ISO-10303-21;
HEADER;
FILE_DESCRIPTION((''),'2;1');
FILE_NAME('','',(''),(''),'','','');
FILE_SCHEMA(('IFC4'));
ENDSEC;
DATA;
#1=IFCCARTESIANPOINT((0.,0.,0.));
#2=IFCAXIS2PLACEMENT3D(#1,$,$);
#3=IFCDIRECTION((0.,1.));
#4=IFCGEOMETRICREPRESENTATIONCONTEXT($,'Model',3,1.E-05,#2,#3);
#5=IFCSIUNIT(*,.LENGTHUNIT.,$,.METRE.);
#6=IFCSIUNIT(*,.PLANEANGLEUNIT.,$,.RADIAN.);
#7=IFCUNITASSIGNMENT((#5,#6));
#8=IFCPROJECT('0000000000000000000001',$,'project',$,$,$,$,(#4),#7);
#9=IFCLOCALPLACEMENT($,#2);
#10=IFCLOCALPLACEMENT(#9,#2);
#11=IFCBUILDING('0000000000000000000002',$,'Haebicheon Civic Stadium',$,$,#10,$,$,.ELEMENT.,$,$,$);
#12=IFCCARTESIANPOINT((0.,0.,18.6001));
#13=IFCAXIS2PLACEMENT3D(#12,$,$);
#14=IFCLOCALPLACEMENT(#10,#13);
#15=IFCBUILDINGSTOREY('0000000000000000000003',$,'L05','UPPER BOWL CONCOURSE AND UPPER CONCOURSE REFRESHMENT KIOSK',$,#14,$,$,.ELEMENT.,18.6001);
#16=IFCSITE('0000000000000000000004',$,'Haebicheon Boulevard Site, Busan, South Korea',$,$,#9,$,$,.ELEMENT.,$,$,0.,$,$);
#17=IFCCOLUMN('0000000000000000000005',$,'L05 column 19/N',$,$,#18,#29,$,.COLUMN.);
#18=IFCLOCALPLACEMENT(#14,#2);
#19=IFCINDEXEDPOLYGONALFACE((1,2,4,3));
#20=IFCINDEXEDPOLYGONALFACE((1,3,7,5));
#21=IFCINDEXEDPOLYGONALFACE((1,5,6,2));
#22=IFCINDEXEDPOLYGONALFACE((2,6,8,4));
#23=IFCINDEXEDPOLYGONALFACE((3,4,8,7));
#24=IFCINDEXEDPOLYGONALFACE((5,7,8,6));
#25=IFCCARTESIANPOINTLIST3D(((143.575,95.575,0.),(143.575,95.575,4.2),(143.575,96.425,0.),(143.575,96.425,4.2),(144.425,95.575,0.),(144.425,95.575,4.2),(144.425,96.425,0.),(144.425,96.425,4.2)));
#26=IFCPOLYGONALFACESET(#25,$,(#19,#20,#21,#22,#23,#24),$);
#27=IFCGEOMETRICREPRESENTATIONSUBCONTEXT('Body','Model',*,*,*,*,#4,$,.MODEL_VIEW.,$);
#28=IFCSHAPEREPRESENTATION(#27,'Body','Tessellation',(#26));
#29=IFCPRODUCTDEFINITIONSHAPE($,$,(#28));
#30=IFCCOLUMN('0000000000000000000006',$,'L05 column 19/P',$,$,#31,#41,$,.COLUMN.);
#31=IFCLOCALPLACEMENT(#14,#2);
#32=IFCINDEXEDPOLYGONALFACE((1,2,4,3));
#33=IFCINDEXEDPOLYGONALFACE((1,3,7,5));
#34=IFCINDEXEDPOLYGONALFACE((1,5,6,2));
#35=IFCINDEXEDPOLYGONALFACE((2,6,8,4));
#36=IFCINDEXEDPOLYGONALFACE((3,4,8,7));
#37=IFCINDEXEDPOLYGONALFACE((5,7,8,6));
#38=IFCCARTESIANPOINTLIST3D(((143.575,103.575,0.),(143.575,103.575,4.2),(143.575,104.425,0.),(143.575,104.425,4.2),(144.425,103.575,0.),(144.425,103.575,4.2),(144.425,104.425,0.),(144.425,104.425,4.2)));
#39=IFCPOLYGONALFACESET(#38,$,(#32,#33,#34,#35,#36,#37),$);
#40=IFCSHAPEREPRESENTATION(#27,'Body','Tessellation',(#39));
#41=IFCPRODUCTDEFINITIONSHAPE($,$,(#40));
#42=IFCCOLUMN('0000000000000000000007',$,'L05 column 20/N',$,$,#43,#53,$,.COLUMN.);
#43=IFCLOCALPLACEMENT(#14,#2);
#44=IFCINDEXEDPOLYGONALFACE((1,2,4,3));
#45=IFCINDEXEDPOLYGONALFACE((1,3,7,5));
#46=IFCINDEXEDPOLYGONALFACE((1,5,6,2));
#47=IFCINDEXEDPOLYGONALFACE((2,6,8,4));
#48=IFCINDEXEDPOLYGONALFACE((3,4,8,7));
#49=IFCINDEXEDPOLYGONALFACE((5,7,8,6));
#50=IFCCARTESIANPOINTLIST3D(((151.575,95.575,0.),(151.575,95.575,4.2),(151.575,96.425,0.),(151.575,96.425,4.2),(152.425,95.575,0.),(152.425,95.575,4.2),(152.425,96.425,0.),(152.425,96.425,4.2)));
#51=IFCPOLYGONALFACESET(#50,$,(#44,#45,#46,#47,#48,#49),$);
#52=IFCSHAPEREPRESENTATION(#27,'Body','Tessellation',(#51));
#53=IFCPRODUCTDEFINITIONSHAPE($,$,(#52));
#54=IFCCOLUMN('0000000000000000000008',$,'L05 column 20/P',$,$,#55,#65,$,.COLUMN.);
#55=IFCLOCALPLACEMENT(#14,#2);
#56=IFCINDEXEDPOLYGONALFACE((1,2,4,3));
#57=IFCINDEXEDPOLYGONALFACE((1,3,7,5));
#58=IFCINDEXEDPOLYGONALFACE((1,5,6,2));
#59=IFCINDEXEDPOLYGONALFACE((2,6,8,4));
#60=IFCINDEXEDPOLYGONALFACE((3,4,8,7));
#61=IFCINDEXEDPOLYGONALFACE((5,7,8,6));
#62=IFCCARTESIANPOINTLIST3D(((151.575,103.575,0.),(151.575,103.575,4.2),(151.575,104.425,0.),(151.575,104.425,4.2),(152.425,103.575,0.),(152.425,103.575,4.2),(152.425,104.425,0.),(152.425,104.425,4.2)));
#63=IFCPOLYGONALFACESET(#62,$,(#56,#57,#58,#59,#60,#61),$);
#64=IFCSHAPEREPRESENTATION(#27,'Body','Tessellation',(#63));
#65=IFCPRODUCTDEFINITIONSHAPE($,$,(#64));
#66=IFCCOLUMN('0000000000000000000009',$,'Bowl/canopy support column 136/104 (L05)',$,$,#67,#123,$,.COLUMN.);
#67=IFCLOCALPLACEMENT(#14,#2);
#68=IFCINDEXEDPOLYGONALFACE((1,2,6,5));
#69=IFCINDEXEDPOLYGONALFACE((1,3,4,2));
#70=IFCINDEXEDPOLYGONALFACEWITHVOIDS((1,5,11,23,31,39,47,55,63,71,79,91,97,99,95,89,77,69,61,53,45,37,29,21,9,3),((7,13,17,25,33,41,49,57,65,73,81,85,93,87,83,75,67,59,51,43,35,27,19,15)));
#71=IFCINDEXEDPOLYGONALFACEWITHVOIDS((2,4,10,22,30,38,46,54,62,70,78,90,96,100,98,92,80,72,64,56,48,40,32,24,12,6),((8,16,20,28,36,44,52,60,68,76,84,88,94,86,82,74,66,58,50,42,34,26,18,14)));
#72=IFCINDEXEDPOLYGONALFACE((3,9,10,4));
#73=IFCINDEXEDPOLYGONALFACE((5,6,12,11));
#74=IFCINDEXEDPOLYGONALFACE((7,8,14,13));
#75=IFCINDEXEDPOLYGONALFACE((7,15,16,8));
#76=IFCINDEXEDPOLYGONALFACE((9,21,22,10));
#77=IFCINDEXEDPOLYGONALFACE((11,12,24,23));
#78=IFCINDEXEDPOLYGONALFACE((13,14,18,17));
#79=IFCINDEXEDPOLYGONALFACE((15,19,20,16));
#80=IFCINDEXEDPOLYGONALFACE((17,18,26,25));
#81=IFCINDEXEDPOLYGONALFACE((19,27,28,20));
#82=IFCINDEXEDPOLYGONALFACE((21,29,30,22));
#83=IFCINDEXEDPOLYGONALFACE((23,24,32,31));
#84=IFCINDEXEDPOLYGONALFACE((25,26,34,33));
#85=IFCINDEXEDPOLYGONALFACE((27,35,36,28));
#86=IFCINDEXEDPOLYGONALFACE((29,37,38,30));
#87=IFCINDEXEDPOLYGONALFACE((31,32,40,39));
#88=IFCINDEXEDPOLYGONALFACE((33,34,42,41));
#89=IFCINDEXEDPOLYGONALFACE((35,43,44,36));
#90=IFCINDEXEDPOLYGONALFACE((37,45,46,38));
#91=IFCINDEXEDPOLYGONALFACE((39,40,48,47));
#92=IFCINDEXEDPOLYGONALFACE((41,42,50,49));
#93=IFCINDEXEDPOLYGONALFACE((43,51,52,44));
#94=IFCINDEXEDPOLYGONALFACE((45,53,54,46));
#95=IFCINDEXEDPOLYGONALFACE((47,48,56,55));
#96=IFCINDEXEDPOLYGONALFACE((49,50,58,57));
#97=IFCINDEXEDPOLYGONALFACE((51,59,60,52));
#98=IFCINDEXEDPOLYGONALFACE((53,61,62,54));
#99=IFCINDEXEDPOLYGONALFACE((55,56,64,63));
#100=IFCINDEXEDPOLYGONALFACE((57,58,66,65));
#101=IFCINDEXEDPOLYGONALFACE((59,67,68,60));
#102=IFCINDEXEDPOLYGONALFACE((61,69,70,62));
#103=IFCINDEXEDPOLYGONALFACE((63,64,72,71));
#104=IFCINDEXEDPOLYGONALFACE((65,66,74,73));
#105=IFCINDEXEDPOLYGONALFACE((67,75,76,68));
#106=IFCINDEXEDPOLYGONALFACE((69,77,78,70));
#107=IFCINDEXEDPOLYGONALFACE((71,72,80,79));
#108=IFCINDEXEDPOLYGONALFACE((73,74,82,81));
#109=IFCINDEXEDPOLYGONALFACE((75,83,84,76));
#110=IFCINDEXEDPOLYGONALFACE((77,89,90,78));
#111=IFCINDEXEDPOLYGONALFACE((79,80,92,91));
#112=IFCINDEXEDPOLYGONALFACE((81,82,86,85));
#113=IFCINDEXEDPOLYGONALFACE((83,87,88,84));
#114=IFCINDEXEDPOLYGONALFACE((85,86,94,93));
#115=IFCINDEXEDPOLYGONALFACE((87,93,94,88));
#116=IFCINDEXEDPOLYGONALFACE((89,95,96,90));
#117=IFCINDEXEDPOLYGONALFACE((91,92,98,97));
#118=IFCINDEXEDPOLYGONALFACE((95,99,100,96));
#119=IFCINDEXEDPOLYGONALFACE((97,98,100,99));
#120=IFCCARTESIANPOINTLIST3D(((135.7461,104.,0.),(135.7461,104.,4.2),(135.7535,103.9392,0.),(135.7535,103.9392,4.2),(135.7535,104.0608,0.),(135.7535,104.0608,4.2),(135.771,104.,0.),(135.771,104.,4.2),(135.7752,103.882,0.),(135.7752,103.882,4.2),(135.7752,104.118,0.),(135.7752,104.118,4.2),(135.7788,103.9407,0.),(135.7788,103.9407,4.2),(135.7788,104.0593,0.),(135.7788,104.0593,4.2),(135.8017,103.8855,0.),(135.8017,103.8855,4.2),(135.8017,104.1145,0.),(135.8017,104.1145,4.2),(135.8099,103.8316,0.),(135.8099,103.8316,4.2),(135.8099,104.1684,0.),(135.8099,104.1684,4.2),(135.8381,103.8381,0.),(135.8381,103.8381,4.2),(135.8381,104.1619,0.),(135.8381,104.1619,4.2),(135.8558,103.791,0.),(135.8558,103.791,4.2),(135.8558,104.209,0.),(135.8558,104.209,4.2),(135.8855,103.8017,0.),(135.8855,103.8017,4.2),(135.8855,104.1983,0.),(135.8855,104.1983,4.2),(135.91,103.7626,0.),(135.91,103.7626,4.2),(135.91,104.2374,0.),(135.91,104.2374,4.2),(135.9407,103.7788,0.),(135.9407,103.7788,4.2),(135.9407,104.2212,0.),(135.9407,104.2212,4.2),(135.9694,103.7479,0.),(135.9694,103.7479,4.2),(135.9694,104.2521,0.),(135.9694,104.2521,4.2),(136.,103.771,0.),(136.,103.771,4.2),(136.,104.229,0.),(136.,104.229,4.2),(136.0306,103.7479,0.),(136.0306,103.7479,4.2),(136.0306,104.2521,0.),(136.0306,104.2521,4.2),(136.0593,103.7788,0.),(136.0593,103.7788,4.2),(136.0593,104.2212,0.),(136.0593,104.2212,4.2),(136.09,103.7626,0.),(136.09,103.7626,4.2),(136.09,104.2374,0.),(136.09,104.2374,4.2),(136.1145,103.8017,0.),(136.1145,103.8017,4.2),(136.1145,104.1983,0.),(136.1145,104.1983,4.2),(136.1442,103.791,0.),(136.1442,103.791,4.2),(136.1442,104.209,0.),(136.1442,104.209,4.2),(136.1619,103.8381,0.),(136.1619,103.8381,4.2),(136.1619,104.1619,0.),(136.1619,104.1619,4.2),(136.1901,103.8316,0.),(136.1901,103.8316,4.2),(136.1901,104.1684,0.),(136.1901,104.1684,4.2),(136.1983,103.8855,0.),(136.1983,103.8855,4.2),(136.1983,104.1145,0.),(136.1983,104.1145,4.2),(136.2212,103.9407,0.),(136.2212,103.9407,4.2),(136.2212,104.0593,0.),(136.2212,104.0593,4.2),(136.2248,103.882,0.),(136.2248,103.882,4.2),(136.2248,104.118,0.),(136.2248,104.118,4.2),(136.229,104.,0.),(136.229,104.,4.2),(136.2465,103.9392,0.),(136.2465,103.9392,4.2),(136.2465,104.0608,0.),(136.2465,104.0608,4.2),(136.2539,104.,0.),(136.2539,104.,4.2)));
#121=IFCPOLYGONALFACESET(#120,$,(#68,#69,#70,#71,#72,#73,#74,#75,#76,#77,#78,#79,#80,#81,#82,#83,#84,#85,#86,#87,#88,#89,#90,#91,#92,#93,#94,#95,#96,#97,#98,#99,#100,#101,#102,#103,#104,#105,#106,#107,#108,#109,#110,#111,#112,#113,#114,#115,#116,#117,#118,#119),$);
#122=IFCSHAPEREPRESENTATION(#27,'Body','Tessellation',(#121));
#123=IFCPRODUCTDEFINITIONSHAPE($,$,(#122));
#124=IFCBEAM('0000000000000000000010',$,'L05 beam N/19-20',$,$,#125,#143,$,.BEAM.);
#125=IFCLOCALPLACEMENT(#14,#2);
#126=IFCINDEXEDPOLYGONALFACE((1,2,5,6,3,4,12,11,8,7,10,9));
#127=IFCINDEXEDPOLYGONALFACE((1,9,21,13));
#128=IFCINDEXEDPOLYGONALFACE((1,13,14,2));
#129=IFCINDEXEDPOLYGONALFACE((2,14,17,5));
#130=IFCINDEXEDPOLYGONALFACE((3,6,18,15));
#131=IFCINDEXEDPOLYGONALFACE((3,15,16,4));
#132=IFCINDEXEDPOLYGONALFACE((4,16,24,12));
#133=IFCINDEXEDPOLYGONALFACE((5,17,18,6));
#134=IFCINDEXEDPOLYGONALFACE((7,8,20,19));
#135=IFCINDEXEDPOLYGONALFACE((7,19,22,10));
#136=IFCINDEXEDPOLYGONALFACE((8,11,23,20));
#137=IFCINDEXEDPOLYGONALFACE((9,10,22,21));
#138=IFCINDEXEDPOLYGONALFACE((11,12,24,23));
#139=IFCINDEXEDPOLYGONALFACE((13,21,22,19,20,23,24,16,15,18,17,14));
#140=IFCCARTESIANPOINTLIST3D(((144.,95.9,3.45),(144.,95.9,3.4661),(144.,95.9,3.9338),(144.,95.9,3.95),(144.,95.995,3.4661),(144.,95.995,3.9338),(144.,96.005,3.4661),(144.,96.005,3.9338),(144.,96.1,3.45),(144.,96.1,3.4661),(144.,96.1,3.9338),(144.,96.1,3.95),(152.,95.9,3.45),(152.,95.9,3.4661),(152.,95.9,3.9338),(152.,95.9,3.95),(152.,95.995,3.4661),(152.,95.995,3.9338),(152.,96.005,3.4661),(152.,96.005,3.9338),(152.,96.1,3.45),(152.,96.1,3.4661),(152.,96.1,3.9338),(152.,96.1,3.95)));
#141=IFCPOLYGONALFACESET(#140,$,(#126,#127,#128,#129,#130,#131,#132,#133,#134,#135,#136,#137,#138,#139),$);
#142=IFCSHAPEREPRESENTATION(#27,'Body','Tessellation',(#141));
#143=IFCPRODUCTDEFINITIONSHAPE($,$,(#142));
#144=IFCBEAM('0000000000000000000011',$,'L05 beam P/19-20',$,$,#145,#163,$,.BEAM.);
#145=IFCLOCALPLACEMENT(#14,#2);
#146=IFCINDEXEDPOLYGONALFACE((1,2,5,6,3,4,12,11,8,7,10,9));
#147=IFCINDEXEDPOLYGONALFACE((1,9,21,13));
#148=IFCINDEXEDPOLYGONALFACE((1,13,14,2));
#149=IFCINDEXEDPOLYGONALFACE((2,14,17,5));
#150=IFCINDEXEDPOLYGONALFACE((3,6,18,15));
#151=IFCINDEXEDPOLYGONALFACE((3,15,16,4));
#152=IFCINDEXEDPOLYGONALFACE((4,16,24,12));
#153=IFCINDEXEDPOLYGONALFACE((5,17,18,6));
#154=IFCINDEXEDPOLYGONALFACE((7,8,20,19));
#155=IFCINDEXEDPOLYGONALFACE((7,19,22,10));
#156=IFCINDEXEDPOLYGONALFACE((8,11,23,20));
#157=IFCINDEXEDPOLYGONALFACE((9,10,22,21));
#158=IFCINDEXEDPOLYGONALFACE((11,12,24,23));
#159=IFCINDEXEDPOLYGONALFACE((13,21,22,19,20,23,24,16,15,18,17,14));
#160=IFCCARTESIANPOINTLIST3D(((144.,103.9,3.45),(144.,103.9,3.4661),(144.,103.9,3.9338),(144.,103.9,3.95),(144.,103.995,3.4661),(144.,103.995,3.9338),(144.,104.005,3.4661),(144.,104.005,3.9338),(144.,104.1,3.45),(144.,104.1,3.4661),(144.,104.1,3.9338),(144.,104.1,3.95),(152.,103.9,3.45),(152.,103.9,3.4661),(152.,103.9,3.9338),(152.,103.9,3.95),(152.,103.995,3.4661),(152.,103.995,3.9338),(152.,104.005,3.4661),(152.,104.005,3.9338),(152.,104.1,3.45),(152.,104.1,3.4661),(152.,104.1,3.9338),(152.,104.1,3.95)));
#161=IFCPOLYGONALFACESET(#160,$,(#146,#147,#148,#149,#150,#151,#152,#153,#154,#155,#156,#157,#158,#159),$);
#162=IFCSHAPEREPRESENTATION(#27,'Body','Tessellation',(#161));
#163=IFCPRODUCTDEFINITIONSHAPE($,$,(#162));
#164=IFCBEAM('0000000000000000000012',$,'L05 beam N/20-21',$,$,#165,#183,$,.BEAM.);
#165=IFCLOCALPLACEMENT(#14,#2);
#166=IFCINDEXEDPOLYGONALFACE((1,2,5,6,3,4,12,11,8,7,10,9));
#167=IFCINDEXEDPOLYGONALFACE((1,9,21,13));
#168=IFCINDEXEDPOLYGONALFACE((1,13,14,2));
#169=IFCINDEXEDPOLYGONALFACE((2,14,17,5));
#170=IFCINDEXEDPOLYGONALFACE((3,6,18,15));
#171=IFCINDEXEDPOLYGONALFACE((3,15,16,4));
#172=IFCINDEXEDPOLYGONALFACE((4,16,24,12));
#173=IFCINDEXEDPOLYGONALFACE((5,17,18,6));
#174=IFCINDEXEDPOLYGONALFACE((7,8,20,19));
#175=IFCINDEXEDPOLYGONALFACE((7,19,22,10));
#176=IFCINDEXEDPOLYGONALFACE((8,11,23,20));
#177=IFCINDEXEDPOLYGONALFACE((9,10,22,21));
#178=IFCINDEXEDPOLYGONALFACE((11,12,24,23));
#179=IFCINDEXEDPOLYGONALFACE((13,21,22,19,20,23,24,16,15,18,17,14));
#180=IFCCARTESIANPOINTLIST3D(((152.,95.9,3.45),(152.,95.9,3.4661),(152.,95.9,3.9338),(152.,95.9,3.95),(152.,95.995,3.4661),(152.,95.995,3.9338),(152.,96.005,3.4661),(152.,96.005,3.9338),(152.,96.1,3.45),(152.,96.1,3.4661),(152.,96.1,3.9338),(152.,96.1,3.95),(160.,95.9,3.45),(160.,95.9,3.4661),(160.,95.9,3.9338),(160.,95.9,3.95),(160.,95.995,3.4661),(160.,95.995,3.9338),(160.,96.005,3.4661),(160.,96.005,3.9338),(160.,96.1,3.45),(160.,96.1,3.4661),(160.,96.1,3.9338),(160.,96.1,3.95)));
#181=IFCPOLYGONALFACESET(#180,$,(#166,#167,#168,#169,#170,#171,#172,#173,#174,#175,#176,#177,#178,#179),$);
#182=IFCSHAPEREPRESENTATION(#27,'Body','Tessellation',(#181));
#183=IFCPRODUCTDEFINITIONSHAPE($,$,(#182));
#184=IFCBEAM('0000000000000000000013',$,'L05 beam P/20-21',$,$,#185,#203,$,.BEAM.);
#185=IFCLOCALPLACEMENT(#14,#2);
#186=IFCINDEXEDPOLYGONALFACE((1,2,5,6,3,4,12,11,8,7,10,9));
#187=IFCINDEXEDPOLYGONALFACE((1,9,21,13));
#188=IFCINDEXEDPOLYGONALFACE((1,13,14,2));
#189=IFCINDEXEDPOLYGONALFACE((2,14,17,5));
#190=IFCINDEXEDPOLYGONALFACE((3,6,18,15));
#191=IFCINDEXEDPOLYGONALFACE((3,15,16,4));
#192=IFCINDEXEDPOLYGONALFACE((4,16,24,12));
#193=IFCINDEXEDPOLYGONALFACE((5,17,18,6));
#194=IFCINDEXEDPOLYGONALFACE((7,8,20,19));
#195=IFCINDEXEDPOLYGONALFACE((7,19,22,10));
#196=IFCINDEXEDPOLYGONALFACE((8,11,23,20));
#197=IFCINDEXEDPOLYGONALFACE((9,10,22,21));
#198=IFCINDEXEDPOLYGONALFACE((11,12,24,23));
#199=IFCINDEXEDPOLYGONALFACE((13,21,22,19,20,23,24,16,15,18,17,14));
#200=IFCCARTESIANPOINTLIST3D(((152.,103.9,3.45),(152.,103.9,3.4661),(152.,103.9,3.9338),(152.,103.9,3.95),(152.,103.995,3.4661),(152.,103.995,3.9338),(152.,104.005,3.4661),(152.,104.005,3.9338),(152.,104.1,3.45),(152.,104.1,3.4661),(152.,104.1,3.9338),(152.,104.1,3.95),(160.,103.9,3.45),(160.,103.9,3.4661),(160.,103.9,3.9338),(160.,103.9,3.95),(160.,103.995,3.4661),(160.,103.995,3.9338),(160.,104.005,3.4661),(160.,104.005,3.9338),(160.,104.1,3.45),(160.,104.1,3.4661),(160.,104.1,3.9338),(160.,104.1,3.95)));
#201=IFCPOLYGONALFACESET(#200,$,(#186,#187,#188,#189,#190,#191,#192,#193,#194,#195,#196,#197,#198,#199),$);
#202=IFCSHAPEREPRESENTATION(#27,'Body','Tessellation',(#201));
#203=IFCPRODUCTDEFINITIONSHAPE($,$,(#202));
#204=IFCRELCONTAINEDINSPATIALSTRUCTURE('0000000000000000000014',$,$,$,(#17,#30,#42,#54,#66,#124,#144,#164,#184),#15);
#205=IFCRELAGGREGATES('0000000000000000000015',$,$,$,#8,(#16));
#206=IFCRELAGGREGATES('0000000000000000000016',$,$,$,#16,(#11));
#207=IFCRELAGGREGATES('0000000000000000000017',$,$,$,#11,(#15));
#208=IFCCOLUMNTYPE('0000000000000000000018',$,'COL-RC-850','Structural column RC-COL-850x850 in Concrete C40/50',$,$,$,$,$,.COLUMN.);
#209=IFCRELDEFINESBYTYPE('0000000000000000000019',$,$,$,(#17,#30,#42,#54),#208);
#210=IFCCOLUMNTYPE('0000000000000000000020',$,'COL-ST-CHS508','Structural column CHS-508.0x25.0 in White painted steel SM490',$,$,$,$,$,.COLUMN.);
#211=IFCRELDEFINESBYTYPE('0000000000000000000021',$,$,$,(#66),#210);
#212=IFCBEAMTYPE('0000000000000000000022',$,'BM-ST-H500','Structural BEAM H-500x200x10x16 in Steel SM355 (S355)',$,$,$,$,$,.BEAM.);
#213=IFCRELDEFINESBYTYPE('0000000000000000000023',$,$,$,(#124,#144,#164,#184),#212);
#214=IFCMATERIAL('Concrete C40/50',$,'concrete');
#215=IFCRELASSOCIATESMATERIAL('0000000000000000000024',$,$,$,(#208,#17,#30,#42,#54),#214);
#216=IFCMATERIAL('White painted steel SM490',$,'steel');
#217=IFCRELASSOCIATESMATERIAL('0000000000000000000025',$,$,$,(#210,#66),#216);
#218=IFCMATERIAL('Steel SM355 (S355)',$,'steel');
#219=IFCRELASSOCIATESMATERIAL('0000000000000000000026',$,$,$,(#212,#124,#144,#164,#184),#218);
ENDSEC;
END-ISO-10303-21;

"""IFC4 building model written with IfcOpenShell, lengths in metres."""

from ifc_helpers import new_model, si_unit, direction, frame, origin, origin_2d, place, context, subcontext, project, spatial, rectangle, hollow_circle, i_section, extrude, material, material_profile, profile_set, type_object, element, save


model = new_model("IFC4")

# Units and contexts
model_context = context("Model", 3, precision=1e-05, world=origin(), true_north=direction((0.0, 1.0)))
body_context = subcontext(model_context, "Body", "Model", "MODEL_VIEW")
ifc_project = project(units=[si_unit("LENGTHUNIT", "METRE"), si_unit("PLANEANGLEUNIT", "RADIAN")], contexts=[model_context])

# Site, building, storey
site_placement = place(None, origin())
site = spatial("IfcSite", under=ifc_project, at=site_placement, Name="Haebicheon Boulevard Site, Busan, South Korea", CompositionType="ELEMENT", RefElevation=0.0)
building_placement = place(site_placement, origin())
building = spatial("IfcBuilding", under=site, at=building_placement, Name="Haebicheon Civic Stadium", CompositionType="ELEMENT")
storey_placement = place(building_placement, frame((0.0, 0.0, 18.6001)))
storey = spatial("IfcBuildingStorey", under=building, at=storey_placement, Name="L05", Description="UPPER BOWL CONCOURSE AND UPPER CONCOURSE REFRESHMENT KIOSK", CompositionType="ELEMENT", Elevation=18.6001)

# Columns
ifc_material_1 = material(Name="Concrete C40/50", Category="concrete")
ifc_material_profile_1 = material_profile(ifc_material_1, rectangle(XDim=0.8501, YDim=0.8501, at=origin_2d()), Name="RC-COL-850x850")
ifc_profile_set_1 = profile_set([ifc_material_profile_1], Name="Concrete C40/50")
column_type_1 = type_object("IfcColumnType", Name="COL-RC-850", Description="Structural column RC-COL-850x850 in Concrete C40/50", PredefinedType="COLUMN", material=ifc_profile_set_1)
for number, where, z_axis, x_axis, name in (
    (1, (144.0, 96.0, 0.0), (0.0, 0.0, 1.0), (1.0, 0.0, 0.0), "L05 column 19/N"),
    (2, (144.0, 104.0, 0.0), (0.0, 0.0, 1.0), (1.0, 0.0, 0.0), "L05 column 19/P"),
    (3, (152.0, 96.0, 0.0), (0.0, 0.0, 1.0), (1.0, 0.0, 0.0), "L05 column 20/N"),
    (4, (152.0, 104.0, 0.0), (0.0, 0.0, 1.0), (1.0, 0.0, 0.0), "L05 column 20/P"),
):
    element("IfcColumn", number, at=place(storey_placement, frame(where, z_axis=z_axis, x_axis=x_axis)), inside=storey, type_object=column_type_1, material=ifc_profile_set_1, Name=name, PredefinedType="COLUMN", context=body_context, shape_type="SweptSolid", body=[
        extrude(rectangle(XDim=0.8501, YDim=0.8501, at=origin_2d()), origin(), (0.0, 0.0, 1.0), 4.2),
    ])
ifc_material_2 = material(Name="White painted steel SM490", Category="steel")
ifc_material_profile_2 = material_profile(ifc_material_2, hollow_circle(Radius=0.2539, WallThickness=0.0249, at=origin_2d()), Name="CHS-508.0x25.0")
ifc_profile_set_2 = profile_set([ifc_material_profile_2], Name="White painted steel SM490")
column_type_2 = type_object("IfcColumnType", Name="COL-ST-CHS508", Description="Structural column CHS-508.0x25.0 in White painted steel SM490", PredefinedType="COLUMN", material=ifc_profile_set_2)
column_placement = place(storey_placement, frame((136.0, 104.0, 0.0), z_axis=(0.0, 0.0, 1.0), x_axis=(1.0, 0.0, 0.0)))
element("IfcColumn", 5, at=column_placement, inside=storey, type_object=column_type_2, material=ifc_profile_set_2, Name="Bowl/canopy support column 136/104 (L05)", PredefinedType="COLUMN", context=body_context, shape_type="SweptSolid", body=[
    extrude(hollow_circle(Radius=0.2539, WallThickness=0.0249, at=origin_2d()), origin(), (0.0, 0.0, 1.0), 4.2),
])

# Beams
ifc_material_3 = material(Name="Steel SM355 (S355)", Category="steel")
ifc_material_profile_3 = material_profile(ifc_material_3, i_section(OverallWidth=0.2, OverallDepth=0.5, WebThickness=0.01, FlangeThickness=0.0161, at=origin_2d()), Name="H-500x200x10x16")
ifc_profile_set_3 = profile_set([ifc_material_profile_3], Name="Steel SM355 (S355)")
beam_type_1 = type_object("IfcBeamType", Name="BM-ST-H500", Description="Structural BEAM H-500x200x10x16 in Steel SM355 (S355)", PredefinedType="BEAM", material=ifc_profile_set_3)
for number, where, z_axis, x_axis, name in (
    (6, (144.0, 96.0, 3.7), (1.0, 0.0, 0.0), (0.0, 1.0, 0.0), "L05 beam N/19-20"),
    (7, (144.0, 104.0, 3.7), (1.0, 0.0, 0.0), (0.0, 1.0, 0.0), "L05 beam P/19-20"),
    (8, (152.0, 96.0, 3.7), (1.0, 0.0, 0.0), (0.0, 1.0, 0.0), "L05 beam N/20-21"),
    (9, (152.0, 104.0, 3.7), (1.0, 0.0, 0.0), (0.0, 1.0, 0.0), "L05 beam P/20-21"),
):
    element("IfcBeam", number, at=place(storey_placement, frame(where, z_axis=z_axis, x_axis=x_axis)), inside=storey, type_object=beam_type_1, material=ifc_profile_set_3, Name=name, PredefinedType="BEAM", context=body_context, shape_type="SweptSolid", body=[
        extrude(i_section(OverallWidth=0.2, OverallDepth=0.5, WebThickness=0.01, FlangeThickness=0.0161, at=origin_2d()), origin(), (0.0, 0.0, 1.0), 8.0),
    ])

save(model, "model.ifc")
